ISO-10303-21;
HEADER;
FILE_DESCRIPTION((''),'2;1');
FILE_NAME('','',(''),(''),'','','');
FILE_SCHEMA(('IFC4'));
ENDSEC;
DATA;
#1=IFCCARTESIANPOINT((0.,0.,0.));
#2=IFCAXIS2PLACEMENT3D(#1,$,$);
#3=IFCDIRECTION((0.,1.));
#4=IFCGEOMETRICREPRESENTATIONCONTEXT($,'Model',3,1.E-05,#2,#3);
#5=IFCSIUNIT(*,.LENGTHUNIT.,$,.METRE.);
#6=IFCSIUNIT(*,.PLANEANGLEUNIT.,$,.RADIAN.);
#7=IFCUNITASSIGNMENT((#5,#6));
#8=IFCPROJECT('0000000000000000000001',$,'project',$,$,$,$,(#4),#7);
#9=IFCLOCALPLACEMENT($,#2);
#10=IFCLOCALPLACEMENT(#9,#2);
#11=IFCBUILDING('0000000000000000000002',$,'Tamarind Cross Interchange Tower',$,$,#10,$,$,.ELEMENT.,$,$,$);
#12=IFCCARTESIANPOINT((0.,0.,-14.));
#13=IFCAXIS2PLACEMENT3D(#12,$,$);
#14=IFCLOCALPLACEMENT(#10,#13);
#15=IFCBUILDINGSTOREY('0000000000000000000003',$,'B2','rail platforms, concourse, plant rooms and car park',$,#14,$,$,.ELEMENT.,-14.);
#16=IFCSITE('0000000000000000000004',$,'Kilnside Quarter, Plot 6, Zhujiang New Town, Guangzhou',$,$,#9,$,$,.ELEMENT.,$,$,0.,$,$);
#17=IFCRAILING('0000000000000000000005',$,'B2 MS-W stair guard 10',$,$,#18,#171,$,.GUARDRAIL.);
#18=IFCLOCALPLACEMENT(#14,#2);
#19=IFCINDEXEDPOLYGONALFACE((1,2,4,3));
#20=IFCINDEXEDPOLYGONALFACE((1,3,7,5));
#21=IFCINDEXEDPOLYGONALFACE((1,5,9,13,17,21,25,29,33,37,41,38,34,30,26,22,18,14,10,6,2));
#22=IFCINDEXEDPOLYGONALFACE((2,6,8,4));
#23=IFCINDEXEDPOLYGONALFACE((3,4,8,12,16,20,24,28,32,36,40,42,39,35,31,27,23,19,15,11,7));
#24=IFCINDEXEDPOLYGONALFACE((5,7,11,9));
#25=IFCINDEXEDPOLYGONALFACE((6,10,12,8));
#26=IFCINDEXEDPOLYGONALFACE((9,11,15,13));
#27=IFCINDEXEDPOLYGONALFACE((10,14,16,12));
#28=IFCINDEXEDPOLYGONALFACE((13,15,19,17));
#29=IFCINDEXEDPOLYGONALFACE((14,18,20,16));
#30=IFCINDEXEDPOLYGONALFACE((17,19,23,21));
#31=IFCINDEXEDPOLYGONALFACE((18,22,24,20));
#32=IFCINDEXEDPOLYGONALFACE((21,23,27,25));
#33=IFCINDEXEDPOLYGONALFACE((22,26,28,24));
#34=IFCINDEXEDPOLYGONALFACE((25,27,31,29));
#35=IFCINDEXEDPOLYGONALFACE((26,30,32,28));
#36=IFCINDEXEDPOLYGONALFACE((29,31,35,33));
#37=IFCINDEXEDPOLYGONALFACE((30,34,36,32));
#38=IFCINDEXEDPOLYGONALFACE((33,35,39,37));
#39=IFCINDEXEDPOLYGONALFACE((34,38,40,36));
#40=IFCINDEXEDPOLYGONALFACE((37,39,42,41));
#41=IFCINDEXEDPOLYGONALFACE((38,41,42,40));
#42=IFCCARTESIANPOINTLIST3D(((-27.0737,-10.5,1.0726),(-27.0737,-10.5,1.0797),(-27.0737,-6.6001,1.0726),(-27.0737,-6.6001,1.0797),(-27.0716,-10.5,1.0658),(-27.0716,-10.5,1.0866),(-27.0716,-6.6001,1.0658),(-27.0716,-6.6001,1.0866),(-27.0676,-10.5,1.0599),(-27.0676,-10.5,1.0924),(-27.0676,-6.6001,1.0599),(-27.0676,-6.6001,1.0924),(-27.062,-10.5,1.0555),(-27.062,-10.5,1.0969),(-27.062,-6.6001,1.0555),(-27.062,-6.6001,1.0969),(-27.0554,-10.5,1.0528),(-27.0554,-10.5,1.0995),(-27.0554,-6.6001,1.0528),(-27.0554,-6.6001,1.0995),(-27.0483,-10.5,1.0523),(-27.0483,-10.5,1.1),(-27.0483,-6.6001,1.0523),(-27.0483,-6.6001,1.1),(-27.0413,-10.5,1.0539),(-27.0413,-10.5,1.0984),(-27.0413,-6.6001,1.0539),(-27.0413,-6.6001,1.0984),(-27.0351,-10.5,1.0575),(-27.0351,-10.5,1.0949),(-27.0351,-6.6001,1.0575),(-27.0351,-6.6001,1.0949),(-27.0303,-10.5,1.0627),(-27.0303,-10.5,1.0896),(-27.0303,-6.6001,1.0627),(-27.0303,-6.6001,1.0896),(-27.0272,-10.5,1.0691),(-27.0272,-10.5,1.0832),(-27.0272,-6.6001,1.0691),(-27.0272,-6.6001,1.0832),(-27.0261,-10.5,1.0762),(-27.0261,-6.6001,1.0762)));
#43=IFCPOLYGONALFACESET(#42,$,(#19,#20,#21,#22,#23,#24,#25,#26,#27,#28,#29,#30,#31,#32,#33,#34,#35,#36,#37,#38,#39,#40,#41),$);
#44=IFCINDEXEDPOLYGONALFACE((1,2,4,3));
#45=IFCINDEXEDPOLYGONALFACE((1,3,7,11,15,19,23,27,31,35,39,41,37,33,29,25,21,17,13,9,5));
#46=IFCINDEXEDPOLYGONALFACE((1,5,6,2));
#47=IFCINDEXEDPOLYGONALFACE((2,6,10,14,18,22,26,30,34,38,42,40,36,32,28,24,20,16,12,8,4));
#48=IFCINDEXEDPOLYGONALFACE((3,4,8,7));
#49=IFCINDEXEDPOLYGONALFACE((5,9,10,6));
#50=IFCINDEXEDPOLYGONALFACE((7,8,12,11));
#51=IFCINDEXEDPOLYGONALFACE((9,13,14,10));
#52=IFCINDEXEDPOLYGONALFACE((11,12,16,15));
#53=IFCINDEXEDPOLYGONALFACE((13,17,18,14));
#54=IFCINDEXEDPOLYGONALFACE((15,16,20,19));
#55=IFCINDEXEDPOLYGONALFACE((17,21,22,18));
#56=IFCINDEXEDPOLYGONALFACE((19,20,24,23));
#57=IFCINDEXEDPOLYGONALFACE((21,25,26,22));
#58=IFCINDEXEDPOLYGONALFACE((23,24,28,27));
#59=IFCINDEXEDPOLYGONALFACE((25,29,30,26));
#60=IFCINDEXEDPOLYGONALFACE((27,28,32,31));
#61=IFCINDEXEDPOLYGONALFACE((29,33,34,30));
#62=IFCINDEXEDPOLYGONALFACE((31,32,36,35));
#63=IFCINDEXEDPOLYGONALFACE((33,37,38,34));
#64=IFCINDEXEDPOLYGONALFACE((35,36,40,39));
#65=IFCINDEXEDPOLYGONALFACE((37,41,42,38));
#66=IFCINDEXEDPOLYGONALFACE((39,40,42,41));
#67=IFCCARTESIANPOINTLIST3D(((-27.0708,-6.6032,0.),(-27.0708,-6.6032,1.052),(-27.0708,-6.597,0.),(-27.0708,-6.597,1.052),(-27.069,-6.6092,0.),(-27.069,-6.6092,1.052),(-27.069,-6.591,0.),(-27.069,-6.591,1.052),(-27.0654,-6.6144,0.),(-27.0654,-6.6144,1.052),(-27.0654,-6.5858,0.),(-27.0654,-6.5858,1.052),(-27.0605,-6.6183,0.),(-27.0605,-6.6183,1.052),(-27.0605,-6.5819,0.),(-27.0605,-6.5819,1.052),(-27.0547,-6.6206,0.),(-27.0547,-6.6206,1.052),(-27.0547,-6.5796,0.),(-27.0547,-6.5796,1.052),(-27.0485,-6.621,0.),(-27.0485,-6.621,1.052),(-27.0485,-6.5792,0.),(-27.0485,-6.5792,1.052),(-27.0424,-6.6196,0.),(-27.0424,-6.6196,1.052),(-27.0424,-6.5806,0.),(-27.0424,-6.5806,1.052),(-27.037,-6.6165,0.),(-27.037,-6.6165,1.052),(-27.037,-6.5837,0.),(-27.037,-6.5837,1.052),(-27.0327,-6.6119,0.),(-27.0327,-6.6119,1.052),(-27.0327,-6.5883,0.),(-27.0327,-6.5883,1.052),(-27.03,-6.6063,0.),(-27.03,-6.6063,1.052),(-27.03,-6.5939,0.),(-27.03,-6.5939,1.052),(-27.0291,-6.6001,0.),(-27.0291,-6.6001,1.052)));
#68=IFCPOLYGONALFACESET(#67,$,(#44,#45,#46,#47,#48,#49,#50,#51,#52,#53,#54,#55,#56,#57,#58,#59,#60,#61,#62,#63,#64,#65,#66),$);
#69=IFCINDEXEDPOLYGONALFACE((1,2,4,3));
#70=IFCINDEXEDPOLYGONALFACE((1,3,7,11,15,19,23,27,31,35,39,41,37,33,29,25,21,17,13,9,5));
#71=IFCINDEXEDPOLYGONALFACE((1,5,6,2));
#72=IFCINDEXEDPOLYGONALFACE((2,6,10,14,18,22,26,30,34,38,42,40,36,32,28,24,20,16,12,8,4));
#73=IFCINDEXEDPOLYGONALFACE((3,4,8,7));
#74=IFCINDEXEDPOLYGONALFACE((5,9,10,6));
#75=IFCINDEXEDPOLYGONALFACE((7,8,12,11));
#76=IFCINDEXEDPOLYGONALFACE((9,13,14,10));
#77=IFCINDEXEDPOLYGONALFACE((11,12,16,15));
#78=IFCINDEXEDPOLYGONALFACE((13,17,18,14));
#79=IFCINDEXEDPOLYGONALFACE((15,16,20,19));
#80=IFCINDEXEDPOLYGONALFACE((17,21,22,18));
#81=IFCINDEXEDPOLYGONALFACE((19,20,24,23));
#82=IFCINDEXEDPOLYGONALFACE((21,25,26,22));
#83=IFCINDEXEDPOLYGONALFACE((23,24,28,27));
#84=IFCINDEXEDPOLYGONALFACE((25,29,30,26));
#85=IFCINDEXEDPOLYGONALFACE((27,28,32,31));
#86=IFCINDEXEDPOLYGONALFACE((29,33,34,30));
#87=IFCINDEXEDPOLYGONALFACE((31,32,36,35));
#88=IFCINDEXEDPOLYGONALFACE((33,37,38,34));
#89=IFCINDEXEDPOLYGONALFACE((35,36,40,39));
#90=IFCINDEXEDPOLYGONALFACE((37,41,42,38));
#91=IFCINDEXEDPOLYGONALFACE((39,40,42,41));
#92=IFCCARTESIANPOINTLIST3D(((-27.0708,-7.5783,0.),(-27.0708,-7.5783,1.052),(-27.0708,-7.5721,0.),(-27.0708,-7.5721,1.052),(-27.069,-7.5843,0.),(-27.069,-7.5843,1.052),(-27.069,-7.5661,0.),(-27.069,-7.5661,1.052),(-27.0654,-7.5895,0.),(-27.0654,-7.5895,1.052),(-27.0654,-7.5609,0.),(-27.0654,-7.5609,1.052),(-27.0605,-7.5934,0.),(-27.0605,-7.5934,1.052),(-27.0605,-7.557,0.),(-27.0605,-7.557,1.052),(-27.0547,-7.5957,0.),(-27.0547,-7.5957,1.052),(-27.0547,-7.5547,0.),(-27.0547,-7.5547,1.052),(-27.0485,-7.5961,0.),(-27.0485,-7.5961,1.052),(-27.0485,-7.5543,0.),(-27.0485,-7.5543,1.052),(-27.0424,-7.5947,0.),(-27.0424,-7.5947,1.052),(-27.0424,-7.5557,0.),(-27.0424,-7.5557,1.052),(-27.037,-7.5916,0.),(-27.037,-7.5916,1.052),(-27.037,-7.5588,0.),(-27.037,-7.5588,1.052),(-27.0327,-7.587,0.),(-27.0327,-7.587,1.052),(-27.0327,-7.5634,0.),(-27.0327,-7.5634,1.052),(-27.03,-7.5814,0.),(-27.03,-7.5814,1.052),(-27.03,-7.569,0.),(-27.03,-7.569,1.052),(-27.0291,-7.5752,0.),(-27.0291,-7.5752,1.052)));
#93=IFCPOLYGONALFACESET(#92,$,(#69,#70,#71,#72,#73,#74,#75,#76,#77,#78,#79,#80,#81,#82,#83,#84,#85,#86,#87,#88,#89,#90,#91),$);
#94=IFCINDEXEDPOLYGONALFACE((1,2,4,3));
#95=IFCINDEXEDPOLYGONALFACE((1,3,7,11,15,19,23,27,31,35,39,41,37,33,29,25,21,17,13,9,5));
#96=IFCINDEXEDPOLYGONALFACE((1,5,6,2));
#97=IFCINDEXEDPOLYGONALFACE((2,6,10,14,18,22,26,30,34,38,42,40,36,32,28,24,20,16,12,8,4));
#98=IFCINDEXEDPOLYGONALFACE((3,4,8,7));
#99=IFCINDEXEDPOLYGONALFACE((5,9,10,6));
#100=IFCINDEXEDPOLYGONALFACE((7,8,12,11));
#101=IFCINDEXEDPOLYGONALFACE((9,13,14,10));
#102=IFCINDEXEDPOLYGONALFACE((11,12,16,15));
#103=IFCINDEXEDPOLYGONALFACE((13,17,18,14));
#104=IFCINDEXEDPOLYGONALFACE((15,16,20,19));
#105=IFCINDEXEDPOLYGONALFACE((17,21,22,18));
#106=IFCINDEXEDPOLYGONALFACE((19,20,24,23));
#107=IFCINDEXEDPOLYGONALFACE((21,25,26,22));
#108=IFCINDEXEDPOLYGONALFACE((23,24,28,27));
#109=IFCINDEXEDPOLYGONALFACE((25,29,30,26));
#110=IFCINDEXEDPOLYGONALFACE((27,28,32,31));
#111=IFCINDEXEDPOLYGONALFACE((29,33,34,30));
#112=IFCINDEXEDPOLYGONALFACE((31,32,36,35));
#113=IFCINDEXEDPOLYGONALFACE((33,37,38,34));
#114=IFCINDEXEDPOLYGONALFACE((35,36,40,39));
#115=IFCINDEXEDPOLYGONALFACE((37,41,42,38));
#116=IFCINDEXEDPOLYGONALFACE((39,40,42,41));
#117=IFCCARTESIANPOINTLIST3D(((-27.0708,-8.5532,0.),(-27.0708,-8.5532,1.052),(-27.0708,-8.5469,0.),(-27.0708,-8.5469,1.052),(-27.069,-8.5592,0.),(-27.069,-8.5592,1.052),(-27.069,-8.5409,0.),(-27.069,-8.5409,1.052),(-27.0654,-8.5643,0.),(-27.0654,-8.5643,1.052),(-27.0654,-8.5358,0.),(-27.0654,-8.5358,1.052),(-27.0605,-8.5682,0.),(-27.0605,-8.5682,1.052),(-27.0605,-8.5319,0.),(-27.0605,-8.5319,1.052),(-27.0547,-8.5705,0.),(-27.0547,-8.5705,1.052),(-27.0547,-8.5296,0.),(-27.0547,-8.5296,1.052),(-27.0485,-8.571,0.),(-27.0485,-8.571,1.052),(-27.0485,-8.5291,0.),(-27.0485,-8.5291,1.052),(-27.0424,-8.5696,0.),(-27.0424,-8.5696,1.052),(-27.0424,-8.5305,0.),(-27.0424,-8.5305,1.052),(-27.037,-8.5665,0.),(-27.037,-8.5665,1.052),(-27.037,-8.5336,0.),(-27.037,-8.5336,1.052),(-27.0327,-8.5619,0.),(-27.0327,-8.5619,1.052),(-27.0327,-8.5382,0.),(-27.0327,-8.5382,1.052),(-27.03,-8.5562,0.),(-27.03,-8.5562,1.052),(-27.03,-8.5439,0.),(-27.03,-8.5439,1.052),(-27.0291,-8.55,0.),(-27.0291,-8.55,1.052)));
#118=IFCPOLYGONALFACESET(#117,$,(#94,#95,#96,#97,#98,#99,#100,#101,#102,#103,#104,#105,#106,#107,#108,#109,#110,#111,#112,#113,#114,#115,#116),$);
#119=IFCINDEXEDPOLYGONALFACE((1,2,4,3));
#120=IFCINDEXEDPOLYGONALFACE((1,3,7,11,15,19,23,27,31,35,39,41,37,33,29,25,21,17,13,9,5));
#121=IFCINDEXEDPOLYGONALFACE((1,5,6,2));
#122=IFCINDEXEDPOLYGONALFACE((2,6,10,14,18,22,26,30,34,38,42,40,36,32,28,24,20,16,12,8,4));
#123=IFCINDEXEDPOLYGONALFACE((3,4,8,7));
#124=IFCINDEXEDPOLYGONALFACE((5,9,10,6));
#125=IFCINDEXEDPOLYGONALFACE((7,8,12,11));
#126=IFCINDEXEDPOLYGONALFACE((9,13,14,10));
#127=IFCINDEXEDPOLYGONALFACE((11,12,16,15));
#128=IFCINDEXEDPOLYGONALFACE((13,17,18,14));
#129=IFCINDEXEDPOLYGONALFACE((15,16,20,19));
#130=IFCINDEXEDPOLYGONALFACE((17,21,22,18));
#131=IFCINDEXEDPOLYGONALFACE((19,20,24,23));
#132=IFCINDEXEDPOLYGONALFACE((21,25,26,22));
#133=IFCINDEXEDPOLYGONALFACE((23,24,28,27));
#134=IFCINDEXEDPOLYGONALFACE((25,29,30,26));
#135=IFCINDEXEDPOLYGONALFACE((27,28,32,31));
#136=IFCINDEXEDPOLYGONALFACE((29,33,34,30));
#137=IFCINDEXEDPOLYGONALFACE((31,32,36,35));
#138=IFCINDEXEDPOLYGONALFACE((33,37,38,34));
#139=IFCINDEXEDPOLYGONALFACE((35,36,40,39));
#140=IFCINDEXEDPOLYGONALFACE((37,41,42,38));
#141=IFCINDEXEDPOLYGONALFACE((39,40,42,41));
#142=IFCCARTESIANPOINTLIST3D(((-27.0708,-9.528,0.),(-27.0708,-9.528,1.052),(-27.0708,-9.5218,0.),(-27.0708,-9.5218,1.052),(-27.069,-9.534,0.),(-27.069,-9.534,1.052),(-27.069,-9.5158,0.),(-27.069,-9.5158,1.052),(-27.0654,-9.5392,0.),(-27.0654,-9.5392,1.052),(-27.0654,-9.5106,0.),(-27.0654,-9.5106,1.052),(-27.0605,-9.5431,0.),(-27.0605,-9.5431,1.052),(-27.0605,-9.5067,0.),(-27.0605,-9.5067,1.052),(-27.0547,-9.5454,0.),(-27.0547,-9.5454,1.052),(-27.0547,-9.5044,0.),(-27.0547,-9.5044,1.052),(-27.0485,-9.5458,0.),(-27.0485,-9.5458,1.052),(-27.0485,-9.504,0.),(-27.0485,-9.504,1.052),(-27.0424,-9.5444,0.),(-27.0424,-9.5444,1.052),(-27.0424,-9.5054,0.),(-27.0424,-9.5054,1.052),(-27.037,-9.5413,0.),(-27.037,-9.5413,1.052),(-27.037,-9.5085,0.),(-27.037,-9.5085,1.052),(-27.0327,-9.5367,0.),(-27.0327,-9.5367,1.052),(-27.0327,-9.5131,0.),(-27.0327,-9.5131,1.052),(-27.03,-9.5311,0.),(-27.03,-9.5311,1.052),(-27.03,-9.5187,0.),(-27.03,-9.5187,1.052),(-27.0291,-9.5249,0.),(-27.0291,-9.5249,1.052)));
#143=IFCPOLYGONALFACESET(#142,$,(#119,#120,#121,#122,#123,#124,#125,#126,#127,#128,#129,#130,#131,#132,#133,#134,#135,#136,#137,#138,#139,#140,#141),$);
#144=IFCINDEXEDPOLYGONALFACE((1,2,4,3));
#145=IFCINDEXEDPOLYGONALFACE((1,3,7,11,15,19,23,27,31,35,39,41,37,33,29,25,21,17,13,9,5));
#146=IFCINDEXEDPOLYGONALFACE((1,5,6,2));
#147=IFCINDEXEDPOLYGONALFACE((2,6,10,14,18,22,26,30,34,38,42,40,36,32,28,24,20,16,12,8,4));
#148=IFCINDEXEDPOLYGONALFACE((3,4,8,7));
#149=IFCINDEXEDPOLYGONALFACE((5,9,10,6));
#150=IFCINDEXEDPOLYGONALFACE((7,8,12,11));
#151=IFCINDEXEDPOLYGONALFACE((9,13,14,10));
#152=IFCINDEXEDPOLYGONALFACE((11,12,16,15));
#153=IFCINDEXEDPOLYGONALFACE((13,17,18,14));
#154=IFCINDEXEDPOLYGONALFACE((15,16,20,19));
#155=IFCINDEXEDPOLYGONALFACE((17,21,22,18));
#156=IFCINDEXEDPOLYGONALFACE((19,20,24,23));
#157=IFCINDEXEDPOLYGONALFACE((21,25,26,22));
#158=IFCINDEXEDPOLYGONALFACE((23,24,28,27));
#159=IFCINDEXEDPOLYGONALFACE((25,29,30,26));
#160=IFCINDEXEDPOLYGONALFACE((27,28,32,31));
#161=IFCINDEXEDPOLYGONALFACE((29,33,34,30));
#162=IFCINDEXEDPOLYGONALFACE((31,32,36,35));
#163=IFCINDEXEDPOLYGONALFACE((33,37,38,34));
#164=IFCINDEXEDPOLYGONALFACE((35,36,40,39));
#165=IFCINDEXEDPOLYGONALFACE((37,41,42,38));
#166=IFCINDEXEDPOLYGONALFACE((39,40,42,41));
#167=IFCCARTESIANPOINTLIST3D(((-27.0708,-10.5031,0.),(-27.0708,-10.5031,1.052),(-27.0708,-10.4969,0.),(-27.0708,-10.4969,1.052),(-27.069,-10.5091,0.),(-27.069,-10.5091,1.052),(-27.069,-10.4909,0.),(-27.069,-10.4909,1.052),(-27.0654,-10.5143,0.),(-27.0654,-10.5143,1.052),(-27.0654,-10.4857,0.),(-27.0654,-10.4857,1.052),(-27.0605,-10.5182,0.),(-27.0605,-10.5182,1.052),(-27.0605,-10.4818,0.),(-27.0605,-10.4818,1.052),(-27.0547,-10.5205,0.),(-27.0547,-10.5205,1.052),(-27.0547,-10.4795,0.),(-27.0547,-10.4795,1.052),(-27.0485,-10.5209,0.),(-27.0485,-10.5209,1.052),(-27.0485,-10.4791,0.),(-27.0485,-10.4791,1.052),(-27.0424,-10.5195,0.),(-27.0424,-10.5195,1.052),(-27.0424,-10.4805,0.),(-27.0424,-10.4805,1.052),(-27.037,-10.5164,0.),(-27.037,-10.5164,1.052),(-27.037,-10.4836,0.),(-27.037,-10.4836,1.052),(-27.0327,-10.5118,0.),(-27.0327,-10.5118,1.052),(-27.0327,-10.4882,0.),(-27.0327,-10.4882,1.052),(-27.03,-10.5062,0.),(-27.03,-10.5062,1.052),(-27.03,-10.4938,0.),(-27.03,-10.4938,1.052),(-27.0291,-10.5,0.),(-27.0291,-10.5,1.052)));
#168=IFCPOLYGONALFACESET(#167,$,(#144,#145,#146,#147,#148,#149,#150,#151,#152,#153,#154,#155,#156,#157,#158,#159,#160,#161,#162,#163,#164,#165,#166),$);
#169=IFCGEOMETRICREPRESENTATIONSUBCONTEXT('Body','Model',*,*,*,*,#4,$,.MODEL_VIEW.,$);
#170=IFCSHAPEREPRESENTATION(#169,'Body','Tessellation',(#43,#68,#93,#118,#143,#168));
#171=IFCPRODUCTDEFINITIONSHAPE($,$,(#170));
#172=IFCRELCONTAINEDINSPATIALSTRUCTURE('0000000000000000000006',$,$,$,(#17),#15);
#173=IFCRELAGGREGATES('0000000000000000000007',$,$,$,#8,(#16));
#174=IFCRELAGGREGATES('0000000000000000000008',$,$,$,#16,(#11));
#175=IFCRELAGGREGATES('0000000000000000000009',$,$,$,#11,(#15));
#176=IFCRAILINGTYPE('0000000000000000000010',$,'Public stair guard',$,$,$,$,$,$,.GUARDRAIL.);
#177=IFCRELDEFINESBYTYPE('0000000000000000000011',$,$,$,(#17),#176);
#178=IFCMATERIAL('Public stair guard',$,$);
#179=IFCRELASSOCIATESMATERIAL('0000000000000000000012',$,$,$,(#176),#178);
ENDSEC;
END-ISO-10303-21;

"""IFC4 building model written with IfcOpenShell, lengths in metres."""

from ifc_helpers import new_model, si_unit, direction, frame, origin, origin_2d, place, context, subcontext, project, spatial, circle, extrude, material, type_object, element, save


model = new_model("IFC4")

# Units and contexts
model_context = context("Model", 3, precision=1e-05, world=origin(), true_north=direction((0.0, 1.0)))
body_context = subcontext(model_context, "Body", "Model", "MODEL_VIEW")
ifc_project = project(units=[si_unit("LENGTHUNIT", "METRE"), si_unit("PLANEANGLEUNIT", "RADIAN")], contexts=[model_context])

# Site, building, storey
site_placement = place(None, origin())
site = spatial("IfcSite", under=ifc_project, at=site_placement, Name="Kilnside Quarter, Plot 6, Zhujiang New Town, Guangzhou", CompositionType="ELEMENT", RefElevation=0.0)
building_placement = place(site_placement, origin())
building = spatial("IfcBuilding", under=site, at=building_placement, Name="Tamarind Cross Interchange Tower", CompositionType="ELEMENT")
storey_placement = place(building_placement, frame((0.0, 0.0, -14.0)))
storey = spatial("IfcBuildingStorey", under=building, at=storey_placement, Name="B2", Description="rail platforms, concourse, plant rooms and car park", CompositionType="ELEMENT", Elevation=-14.0)

# Railing
ifc_material_1 = material(Name="Public stair guard")
railing_type_1 = type_object("IfcRailingType", Name="Public stair guard", PredefinedType="GUARDRAIL", material=ifc_material_1)
railing_1_placement = place(storey_placement, frame((-27.05, -6.6001, 0.0)))
element("IfcRailing", 1, at=railing_1_placement, inside=storey, type_object=railing_type_1, Name="B2 MS-W stair guard 10", PredefinedType="GUARDRAIL", context=body_context, shape_type="SweptSolid", body=[
    extrude(circle(Radius=0.0239, at=origin_2d()), frame((0.0, 0.0, 1.0762), z_axis=(0.0, -1.0, 0.0), x_axis=(1.0, 0.0, 0.0)), (0.0, 0.0, 1.0), 3.8999),
    extrude(circle(Radius=0.021, at=origin_2d()), origin(), (0.0, 0.0, 1.0), 1.052),
    extrude(circle(Radius=0.021, at=origin_2d()), frame((0.0, -0.9751, 0.0)), (0.0, 0.0, 1.0), 1.052),
    extrude(circle(Radius=0.021, at=origin_2d()), frame((0.0, -1.95, 0.0)), (0.0, 0.0, 1.0), 1.052),
    extrude(circle(Radius=0.021, at=origin_2d()), frame((0.0, -2.9248, 0.0)), (0.0, 0.0, 1.0), 1.052),
    extrude(circle(Radius=0.021, at=origin_2d()), frame((0.0, -3.8999, 0.0)), (0.0, 0.0, 1.0), 1.052),
])

save(model, "model.ifc")
